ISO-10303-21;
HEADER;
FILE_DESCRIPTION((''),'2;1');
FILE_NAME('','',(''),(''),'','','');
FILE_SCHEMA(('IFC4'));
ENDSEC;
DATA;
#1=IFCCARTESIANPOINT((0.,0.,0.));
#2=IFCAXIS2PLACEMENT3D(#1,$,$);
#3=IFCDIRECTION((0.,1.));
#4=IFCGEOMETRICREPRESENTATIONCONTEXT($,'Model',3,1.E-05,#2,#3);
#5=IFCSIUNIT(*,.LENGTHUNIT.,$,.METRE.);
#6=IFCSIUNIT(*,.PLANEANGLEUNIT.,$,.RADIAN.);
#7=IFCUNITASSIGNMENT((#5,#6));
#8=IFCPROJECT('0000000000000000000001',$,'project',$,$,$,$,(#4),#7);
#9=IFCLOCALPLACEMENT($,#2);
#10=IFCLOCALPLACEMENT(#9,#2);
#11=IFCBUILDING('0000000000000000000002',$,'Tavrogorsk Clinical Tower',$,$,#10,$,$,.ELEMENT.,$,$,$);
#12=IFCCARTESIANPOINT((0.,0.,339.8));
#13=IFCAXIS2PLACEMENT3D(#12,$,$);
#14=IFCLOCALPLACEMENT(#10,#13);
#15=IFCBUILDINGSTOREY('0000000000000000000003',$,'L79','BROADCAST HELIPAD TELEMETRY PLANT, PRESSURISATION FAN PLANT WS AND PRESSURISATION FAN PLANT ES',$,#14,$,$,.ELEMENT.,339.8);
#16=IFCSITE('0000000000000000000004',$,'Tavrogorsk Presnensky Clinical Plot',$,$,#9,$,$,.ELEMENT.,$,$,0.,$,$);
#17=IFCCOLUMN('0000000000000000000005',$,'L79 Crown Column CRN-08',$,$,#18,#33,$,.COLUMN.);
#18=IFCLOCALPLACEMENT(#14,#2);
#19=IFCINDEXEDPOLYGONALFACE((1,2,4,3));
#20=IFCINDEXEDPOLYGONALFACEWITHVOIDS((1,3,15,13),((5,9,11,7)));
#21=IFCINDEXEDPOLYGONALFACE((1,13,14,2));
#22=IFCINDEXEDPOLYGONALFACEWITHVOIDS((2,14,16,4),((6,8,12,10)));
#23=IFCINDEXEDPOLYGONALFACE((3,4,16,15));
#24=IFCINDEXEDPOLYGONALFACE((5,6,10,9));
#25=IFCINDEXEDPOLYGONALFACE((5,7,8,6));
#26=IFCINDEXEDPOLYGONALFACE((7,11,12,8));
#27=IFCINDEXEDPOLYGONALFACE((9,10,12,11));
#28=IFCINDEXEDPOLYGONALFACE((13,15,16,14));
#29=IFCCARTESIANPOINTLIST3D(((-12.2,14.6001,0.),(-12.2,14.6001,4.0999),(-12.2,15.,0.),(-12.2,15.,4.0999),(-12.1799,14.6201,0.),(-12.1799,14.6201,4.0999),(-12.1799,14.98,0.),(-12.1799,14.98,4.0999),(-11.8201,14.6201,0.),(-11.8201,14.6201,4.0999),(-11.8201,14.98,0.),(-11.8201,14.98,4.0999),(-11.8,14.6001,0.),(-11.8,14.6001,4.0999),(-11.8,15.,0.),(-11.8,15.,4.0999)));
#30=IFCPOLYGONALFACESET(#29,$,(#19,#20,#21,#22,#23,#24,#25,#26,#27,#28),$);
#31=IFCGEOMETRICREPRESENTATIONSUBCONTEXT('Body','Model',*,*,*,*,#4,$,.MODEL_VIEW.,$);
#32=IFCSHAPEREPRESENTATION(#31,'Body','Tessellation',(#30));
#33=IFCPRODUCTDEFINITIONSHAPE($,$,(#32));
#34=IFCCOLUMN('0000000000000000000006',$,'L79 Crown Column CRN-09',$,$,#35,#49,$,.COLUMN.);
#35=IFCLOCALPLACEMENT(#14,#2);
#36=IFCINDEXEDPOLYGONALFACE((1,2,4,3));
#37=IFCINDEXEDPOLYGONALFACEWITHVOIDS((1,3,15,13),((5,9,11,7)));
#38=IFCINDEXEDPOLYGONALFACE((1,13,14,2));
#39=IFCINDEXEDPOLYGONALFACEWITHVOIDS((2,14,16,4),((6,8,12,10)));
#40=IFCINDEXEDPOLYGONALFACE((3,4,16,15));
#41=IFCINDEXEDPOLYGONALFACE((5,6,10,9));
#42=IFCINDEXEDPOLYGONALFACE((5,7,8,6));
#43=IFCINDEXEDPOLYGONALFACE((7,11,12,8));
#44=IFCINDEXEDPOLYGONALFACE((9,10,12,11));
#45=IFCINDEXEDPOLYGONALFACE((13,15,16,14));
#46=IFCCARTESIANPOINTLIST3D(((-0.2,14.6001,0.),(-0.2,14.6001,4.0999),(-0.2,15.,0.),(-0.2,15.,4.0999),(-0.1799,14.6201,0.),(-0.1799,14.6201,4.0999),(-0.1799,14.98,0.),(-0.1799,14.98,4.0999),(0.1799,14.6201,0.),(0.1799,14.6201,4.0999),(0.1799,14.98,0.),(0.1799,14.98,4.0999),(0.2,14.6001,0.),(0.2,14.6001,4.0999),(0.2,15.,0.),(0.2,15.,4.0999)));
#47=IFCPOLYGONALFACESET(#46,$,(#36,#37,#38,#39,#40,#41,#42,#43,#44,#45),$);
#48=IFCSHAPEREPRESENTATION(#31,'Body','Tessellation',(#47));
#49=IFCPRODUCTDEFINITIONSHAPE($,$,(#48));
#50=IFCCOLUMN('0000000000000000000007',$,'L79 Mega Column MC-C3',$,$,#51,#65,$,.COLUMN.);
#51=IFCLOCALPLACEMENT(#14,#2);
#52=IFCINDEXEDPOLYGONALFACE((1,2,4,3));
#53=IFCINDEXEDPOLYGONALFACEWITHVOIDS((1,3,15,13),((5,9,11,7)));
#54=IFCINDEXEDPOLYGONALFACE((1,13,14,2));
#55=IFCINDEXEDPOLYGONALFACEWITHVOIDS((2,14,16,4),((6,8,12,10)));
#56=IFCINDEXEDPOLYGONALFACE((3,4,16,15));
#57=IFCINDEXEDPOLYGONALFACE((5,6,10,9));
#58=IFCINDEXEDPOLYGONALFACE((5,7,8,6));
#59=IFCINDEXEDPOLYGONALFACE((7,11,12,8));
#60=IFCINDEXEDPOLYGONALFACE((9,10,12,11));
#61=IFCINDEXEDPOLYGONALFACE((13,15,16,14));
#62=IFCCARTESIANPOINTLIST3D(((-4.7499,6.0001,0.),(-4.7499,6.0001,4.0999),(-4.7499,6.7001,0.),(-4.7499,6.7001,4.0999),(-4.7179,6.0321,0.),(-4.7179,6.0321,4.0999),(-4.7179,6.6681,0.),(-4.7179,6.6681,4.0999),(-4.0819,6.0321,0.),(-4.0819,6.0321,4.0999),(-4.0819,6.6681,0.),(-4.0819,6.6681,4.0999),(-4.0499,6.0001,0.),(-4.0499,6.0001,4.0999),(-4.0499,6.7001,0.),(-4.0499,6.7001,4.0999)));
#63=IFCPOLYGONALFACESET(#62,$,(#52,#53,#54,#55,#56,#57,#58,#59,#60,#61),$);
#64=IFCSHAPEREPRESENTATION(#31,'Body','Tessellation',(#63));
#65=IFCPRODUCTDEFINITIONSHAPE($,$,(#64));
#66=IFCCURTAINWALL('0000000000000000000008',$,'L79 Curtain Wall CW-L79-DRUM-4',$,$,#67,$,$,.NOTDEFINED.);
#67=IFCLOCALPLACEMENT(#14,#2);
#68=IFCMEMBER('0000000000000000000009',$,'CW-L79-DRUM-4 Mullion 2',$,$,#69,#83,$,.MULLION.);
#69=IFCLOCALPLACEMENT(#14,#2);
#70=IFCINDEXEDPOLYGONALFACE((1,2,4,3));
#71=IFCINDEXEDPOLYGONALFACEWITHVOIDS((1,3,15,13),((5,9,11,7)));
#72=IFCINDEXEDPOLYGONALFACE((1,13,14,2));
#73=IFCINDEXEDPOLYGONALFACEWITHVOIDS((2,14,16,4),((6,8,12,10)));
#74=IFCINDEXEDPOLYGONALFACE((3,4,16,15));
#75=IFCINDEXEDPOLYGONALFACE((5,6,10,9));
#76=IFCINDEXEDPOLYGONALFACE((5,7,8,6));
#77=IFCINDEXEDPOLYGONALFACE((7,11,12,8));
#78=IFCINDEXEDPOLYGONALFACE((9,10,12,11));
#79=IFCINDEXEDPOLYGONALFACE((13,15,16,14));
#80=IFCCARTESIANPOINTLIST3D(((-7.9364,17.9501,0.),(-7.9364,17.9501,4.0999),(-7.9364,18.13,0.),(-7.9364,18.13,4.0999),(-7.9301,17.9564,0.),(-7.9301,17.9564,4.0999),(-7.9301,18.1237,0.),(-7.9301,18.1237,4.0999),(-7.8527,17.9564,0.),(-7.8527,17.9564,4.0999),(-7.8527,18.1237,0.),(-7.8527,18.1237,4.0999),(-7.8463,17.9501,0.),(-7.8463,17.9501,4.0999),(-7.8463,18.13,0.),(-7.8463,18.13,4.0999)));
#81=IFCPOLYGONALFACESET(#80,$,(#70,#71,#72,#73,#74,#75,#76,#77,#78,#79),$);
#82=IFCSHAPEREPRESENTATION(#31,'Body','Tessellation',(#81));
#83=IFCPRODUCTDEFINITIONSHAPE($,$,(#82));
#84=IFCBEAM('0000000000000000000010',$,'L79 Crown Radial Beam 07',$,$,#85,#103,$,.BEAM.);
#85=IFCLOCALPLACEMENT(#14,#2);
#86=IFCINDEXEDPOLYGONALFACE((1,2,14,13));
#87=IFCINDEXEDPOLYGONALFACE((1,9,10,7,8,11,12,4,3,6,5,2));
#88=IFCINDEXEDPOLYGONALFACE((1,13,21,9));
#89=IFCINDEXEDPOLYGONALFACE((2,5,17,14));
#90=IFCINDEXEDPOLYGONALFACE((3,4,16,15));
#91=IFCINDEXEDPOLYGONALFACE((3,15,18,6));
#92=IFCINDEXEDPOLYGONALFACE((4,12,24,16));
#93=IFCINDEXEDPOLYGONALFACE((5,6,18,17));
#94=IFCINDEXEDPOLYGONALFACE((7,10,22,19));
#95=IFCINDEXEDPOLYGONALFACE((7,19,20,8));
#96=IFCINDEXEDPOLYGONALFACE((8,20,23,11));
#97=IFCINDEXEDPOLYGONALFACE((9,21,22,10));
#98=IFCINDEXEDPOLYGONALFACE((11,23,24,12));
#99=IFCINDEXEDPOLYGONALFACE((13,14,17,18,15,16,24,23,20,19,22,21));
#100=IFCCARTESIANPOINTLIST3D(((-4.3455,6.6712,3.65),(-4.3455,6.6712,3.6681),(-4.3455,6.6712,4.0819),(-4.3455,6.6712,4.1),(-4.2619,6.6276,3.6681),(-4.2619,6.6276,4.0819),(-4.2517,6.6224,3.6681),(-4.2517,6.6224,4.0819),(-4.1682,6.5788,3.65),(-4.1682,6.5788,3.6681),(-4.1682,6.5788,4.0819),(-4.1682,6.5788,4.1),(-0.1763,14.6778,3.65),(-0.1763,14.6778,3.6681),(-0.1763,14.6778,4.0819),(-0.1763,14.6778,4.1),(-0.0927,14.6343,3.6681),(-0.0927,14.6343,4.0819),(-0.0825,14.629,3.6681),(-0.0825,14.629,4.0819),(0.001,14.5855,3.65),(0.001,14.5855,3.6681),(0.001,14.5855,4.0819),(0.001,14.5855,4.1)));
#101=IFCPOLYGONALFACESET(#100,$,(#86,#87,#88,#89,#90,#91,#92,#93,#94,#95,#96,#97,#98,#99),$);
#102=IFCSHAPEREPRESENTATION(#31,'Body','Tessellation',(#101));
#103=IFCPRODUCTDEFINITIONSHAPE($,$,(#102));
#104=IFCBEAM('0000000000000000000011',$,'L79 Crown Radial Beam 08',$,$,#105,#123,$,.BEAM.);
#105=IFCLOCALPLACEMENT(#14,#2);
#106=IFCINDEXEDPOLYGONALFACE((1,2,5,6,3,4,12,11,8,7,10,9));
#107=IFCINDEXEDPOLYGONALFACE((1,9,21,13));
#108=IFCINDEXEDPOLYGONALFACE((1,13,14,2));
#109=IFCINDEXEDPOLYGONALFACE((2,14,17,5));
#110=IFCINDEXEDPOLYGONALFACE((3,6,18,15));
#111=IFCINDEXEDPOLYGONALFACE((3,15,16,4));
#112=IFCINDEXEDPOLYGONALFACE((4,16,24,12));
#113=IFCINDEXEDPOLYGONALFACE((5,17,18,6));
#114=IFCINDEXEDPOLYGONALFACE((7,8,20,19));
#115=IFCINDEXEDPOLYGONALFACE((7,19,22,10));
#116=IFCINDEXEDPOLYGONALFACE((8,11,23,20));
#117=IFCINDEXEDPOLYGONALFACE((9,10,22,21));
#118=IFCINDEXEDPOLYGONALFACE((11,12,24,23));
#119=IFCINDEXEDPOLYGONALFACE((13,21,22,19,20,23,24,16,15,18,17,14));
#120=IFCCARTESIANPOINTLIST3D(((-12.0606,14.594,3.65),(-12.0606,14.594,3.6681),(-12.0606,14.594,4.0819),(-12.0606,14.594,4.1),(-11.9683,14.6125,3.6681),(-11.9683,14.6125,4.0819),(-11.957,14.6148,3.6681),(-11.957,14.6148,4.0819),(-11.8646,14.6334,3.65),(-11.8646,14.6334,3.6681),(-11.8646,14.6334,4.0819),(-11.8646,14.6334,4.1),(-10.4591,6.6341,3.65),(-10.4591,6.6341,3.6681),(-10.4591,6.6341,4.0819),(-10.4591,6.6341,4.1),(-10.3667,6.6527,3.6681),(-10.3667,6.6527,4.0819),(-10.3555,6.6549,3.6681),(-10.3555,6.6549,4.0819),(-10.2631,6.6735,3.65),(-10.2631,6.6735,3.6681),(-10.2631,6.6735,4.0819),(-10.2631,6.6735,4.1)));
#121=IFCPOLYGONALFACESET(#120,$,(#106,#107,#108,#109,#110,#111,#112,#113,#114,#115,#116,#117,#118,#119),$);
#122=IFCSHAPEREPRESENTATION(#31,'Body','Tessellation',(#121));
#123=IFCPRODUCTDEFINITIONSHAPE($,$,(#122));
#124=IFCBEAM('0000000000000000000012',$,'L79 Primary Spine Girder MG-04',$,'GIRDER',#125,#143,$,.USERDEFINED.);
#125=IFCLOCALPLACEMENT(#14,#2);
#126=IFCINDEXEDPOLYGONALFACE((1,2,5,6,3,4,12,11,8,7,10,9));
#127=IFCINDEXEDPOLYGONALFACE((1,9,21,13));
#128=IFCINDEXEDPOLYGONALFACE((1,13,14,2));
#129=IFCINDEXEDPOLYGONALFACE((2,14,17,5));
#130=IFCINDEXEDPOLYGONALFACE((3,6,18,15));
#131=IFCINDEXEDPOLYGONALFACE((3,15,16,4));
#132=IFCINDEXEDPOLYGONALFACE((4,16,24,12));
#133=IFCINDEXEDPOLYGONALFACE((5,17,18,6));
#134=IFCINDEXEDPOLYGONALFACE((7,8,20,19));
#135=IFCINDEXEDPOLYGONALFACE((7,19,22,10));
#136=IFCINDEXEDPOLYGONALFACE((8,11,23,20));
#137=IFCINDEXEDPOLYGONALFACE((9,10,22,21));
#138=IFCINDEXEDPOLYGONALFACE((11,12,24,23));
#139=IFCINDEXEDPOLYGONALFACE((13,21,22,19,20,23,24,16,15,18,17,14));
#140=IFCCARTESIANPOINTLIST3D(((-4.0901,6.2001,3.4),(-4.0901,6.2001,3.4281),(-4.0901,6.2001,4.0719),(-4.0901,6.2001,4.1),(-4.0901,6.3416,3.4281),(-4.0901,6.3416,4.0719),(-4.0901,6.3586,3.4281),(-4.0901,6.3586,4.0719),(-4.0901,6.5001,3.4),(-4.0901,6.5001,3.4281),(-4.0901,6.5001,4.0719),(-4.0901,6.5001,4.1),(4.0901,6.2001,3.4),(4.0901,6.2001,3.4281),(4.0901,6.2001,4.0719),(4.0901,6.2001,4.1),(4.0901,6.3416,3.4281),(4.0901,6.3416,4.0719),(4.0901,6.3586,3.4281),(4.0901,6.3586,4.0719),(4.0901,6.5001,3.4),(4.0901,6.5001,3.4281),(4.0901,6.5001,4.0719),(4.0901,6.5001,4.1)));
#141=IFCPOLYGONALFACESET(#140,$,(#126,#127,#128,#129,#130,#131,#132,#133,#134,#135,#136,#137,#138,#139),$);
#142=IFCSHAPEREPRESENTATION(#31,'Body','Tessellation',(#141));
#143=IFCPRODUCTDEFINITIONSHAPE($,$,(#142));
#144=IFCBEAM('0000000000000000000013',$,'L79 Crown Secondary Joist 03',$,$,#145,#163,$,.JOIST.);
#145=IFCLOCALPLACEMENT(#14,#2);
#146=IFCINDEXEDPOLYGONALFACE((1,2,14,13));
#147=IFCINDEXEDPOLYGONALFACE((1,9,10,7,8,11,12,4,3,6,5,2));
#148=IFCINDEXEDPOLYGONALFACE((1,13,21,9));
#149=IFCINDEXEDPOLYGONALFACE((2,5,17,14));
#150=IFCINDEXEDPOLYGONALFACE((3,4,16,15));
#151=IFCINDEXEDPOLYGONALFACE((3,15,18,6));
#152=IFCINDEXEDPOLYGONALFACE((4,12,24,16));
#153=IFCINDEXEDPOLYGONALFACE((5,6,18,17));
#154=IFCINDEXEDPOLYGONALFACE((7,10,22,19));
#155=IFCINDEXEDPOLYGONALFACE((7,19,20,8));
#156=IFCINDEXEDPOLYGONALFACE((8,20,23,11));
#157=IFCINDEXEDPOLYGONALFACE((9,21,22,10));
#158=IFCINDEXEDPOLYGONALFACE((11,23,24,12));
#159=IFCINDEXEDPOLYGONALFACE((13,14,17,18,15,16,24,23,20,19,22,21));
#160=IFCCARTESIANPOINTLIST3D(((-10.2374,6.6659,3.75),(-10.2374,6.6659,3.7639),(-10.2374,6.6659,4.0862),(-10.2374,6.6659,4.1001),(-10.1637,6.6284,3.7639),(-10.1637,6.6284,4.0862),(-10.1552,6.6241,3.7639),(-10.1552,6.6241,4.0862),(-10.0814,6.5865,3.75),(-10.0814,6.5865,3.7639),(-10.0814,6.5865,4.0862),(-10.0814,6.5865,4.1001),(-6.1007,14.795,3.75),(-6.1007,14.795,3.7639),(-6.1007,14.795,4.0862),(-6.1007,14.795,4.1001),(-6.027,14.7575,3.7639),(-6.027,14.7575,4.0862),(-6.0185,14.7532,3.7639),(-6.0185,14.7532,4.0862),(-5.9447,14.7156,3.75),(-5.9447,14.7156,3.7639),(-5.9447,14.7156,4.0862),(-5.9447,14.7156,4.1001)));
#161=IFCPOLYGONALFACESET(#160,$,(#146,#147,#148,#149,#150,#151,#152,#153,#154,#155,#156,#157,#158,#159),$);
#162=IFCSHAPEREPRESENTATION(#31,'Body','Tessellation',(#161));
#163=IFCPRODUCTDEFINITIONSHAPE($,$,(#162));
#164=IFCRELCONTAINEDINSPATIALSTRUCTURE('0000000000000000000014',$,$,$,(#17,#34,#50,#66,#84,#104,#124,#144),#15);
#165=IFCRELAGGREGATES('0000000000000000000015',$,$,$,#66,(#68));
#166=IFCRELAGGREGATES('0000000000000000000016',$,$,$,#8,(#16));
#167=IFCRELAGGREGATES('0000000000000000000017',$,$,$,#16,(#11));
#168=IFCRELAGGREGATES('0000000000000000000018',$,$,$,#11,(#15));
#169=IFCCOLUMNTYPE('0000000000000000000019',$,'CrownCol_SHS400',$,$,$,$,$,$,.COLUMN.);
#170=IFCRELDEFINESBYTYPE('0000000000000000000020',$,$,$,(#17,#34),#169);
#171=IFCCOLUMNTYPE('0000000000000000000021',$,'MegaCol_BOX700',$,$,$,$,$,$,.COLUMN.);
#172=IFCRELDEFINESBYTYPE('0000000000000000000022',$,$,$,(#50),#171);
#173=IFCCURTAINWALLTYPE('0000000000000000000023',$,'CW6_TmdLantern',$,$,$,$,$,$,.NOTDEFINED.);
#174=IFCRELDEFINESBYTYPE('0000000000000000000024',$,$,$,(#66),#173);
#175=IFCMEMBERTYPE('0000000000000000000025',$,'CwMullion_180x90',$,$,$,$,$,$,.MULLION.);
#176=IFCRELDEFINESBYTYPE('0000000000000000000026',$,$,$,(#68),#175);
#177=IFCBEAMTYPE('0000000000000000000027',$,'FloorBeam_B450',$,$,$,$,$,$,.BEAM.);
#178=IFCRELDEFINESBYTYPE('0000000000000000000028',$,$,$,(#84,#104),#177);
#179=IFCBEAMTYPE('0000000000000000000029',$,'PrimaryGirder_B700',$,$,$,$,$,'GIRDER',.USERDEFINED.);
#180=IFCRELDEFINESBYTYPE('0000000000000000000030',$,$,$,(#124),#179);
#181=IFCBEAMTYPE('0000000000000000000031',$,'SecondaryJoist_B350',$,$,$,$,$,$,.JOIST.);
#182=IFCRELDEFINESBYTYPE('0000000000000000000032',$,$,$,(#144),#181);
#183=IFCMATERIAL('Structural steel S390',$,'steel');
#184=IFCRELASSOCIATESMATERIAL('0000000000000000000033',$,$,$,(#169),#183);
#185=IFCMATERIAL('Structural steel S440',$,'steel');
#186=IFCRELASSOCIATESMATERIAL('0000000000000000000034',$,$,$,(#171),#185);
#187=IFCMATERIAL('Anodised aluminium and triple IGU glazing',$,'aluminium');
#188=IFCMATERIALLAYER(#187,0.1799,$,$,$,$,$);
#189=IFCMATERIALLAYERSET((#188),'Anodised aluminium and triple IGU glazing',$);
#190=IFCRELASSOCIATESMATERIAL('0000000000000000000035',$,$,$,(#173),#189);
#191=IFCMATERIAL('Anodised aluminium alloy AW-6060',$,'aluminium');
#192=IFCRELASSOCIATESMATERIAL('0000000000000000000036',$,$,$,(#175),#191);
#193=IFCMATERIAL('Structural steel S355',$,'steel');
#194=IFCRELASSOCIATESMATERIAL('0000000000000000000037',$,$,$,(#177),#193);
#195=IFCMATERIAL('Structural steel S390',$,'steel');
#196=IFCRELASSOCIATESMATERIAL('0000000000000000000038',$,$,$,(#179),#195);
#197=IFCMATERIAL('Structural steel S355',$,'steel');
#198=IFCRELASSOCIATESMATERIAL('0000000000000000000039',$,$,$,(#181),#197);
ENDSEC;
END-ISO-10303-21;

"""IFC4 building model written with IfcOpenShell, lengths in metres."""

from ifc_helpers import new_model, si_unit, direction, frame, origin, origin_2d, place, context, subcontext, project, spatial, hollow_rectangle, i_section, extrude, material, layer, layer_set, material_profile, profile_set, type_object, element, aggregate, save


model = new_model("IFC4")

# Units and contexts
model_context = context("Model", 3, precision=1e-05, world=origin(), true_north=direction((0.0, 1.0)))
body_context = subcontext(model_context, "Body", "Model", "MODEL_VIEW")
ifc_project = project(units=[si_unit("LENGTHUNIT", "METRE"), si_unit("PLANEANGLEUNIT", "RADIAN")], contexts=[model_context])

# Site, building, storey
site_placement = place(None, origin())
site = spatial("IfcSite", under=ifc_project, at=site_placement, Name="Tavrogorsk Presnensky Clinical Plot", CompositionType="ELEMENT", RefElevation=0.0)
building_placement = place(site_placement, origin())
building = spatial("IfcBuilding", under=site, at=building_placement, Name="Tavrogorsk Clinical Tower", CompositionType="ELEMENT")
storey_placement = place(building_placement, frame((0.0, 0.0, 339.8)))
storey = spatial("IfcBuildingStorey", under=building, at=storey_placement, Name="L79", Description="BROADCAST HELIPAD TELEMETRY PLANT, PRESSURISATION FAN PLANT WS AND PRESSURISATION FAN PLANT ES", CompositionType="ELEMENT", Elevation=339.8)

# Columns
ifc_material_1 = material(Name="Structural steel S390", Category="steel")
ifc_material_profile_1 = material_profile(ifc_material_1, hollow_rectangle(XDim=0.3999, YDim=0.3999, WallThickness=0.02, at=origin_2d()), Name="SHS-400x400x20")
ifc_profile_set_1 = profile_set([ifc_material_profile_1], Name="Structural steel S390")
column_type_1 = type_object("IfcColumnType", Name="CrownCol_SHS400", PredefinedType="COLUMN", material=ifc_profile_set_1)
for number, where, z_axis, x_axis, name in (
    (1, (-12.0, 14.8, 0.0), (0.0, 0.0, 1.0), (1.0, 0.0, 0.0), "L79 Crown Column CRN-08"),
    (2, (0.0, 14.8, 0.0), (0.0, 0.0, 1.0), (1.0, 0.0, 0.0), "L79 Crown Column CRN-09"),
):
    element("IfcColumn", number, at=place(storey_placement, frame(where, z_axis=z_axis, x_axis=x_axis)), inside=storey, type_object=column_type_1, Name=name, PredefinedType="COLUMN", context=body_context, shape_type="SweptSolid", body=[
        extrude(hollow_rectangle(XDim=0.3999, YDim=0.3999, WallThickness=0.02, at=origin_2d()), origin(), (0.0, 0.0, 1.0), 4.0999),
    ])
ifc_material_2 = material(Name="Structural steel S440", Category="steel")
ifc_material_profile_2 = material_profile(ifc_material_2, hollow_rectangle(XDim=0.7, YDim=0.7, WallThickness=0.032, at=origin_2d()), Name="BOX-700x700x32")
ifc_profile_set_2 = profile_set([ifc_material_profile_2], Name="Structural steel S440")
column_type_2 = type_object("IfcColumnType", Name="MegaCol_BOX700", PredefinedType="COLUMN", material=ifc_profile_set_2)
column_placement = place(storey_placement, frame((-4.3999, 6.3501, 0.0), z_axis=(0.0, 0.0, 1.0), x_axis=(1.0, 0.0, 0.0)))
element("IfcColumn", 3, at=column_placement, inside=storey, type_object=column_type_2, Name="L79 Mega Column MC-C3", PredefinedType="COLUMN", context=body_context, shape_type="SweptSolid", body=[
    extrude(hollow_rectangle(XDim=0.7, YDim=0.7, WallThickness=0.032, at=origin_2d()), origin(), (0.0, 0.0, 1.0), 4.0999),
])

# Curtain wall, member
ifc_material_3 = material(Name="Anodised aluminium and triple IGU glazing", Category="aluminium")
ifc_layer_1 = layer(ifc_material_3, 0.1799)
ifc_layer_set_1 = layer_set([ifc_layer_1], Name="Anodised aluminium and triple IGU glazing")
curtain_wall_type = type_object("IfcCurtainWallType", Name="CW6_TmdLantern", PredefinedType="NOTDEFINED", material=ifc_layer_set_1)
curtain_wall_placement = place(storey_placement, origin())
curtain_wall = element("IfcCurtainWall", 4, at=curtain_wall_placement, inside=storey, type_object=curtain_wall_type, Name="L79 Curtain Wall CW-L79-DRUM-4", PredefinedType="NOTDEFINED")
ifc_material_4 = material(Name="Anodised aluminium alloy AW-6060", Category="aluminium")
ifc_material_profile_3 = material_profile(ifc_material_4, hollow_rectangle(XDim=0.0901, YDim=0.1799, WallThickness=0.0063, at=origin_2d()), Name="RHS-180x90x6.3")
ifc_profile_set_3 = profile_set([ifc_material_profile_3], Name="Anodised aluminium alloy AW-6060")
member_type = type_object("IfcMemberType", Name="CwMullion_180x90", PredefinedType="MULLION", material=ifc_profile_set_3)
member_placement = place(storey_placement, frame((-7.8914, 18.04, 0.0), z_axis=(0.0, 0.0, 1.0), x_axis=(1.0, 0.0, 0.0)))
member = element("IfcMember", 5, at=member_placement, type_object=member_type, Name="CW-L79-DRUM-4 Mullion 2", PredefinedType="MULLION", context=body_context, shape_type="SweptSolid", body=[
    extrude(hollow_rectangle(XDim=0.0901, YDim=0.1799, WallThickness=0.0063, at=origin_2d()), origin(), (0.0, 0.0, 1.0), 4.0999),
])

# Beams
ifc_material_5 = material(Name="Structural steel S355", Category="steel")
ifc_material_profile_4 = material_profile(ifc_material_5, i_section(OverallWidth=0.2, OverallDepth=0.45, WebThickness=0.0115, FlangeThickness=0.0181, at=origin_2d()), Name="B-450x200x11.5x18")
ifc_profile_set_4 = profile_set([ifc_material_profile_4], Name="Structural steel S355")
beam_type_1 = type_object("IfcBeamType", Name="FloorBeam_B450", PredefinedType="BEAM", material=ifc_profile_set_4)
beam_1_placement = place(storey_placement, frame((-4.2568, 6.625, 3.875), z_axis=(0.461855, 0.886955, 0.0), x_axis=(-0.886955, 0.461855, 0.0)))
element("IfcBeam", 6, at=beam_1_placement, inside=storey, type_object=beam_type_1, Name="L79 Crown Radial Beam 07", PredefinedType="BEAM", context=body_context, shape_type="SweptSolid", body=[
    extrude(i_section(OverallWidth=0.2, OverallDepth=0.45, WebThickness=0.0115, FlangeThickness=0.0181, at=origin_2d()), origin(), (0.0, 0.0, 1.0), 9.0271),
])
beam_2_placement = place(storey_placement, frame((-10.3611, 6.6538, 3.875), z_axis=(-0.197249, 0.980353, 0.0), x_axis=(-0.980353, -0.197249, 0.0)))
element("IfcBeam", 7, at=beam_2_placement, inside=storey, type_object=beam_type_1, Name="L79 Crown Radial Beam 08", PredefinedType="BEAM", context=body_context, shape_type="SweptSolid", body=[
    extrude(i_section(OverallWidth=0.2, OverallDepth=0.45, WebThickness=0.0115, FlangeThickness=0.0181, at=origin_2d()), origin(), (0.0, 0.0, 1.0), 8.1194),
])
ifc_material_6 = material(Name="Structural steel S390", Category="steel")
ifc_material_profile_5 = material_profile(ifc_material_6, i_section(OverallWidth=0.3, OverallDepth=0.7, WebThickness=0.0171, FlangeThickness=0.0281, at=origin_2d()), Name="B-700x300x17x28")
ifc_profile_set_5 = profile_set([ifc_material_profile_5], Name="Structural steel S390")
beam_type_2 = type_object("IfcBeamType", Name="PrimaryGirder_B700", ElementType="GIRDER", PredefinedType="USERDEFINED", material=ifc_profile_set_5)
beam_3_placement = place(storey_placement, frame((-4.0901, 6.3501, 3.75), z_axis=(1.0, 0.0, 0.0), x_axis=(0.0, 1.0, 0.0)))
element("IfcBeam", 8, at=beam_3_placement, inside=storey, type_object=beam_type_2, Name="L79 Primary Spine Girder MG-04", ObjectType="GIRDER", PredefinedType="USERDEFINED", context=body_context, shape_type="SweptSolid", body=[
    extrude(i_section(OverallWidth=0.3, OverallDepth=0.7, WebThickness=0.0171, FlangeThickness=0.0281, at=origin_2d()), origin(), (0.0, 0.0, 1.0), 8.1802),
])
ifc_material_7 = material(Name="Structural steel S355", Category="steel")
ifc_material_profile_6 = material_profile(ifc_material_7, i_section(OverallWidth=0.175, OverallDepth=0.3501, WebThickness=0.0095, FlangeThickness=0.0139, at=origin_2d()), Name="B-350x175x9.5x14")
ifc_profile_set_6 = profile_set([ifc_material_profile_6], Name="Structural steel S355")
beam_type_3 = type_object("IfcBeamType", Name="SecondaryJoist_B350", PredefinedType="JOIST", material=ifc_profile_set_6)
beam_4_placement = place(storey_placement, frame((-10.1594, 6.6262, 3.925), z_axis=(0.45353, 0.891241, 0.0), x_axis=(-0.891241, 0.45353, 0.0)))
element("IfcBeam", 9, at=beam_4_placement, inside=storey, type_object=beam_type_3, Name="L79 Crown Secondary Joist 03", PredefinedType="JOIST", context=body_context, shape_type="SweptSolid", body=[
    extrude(i_section(OverallWidth=0.175, OverallDepth=0.3501, WebThickness=0.0095, FlangeThickness=0.0139, at=origin_2d()), origin(), (0.0, 0.0, 1.0), 9.1211),
])

aggregate(curtain_wall, [member])

save(model, "model.ifc")
